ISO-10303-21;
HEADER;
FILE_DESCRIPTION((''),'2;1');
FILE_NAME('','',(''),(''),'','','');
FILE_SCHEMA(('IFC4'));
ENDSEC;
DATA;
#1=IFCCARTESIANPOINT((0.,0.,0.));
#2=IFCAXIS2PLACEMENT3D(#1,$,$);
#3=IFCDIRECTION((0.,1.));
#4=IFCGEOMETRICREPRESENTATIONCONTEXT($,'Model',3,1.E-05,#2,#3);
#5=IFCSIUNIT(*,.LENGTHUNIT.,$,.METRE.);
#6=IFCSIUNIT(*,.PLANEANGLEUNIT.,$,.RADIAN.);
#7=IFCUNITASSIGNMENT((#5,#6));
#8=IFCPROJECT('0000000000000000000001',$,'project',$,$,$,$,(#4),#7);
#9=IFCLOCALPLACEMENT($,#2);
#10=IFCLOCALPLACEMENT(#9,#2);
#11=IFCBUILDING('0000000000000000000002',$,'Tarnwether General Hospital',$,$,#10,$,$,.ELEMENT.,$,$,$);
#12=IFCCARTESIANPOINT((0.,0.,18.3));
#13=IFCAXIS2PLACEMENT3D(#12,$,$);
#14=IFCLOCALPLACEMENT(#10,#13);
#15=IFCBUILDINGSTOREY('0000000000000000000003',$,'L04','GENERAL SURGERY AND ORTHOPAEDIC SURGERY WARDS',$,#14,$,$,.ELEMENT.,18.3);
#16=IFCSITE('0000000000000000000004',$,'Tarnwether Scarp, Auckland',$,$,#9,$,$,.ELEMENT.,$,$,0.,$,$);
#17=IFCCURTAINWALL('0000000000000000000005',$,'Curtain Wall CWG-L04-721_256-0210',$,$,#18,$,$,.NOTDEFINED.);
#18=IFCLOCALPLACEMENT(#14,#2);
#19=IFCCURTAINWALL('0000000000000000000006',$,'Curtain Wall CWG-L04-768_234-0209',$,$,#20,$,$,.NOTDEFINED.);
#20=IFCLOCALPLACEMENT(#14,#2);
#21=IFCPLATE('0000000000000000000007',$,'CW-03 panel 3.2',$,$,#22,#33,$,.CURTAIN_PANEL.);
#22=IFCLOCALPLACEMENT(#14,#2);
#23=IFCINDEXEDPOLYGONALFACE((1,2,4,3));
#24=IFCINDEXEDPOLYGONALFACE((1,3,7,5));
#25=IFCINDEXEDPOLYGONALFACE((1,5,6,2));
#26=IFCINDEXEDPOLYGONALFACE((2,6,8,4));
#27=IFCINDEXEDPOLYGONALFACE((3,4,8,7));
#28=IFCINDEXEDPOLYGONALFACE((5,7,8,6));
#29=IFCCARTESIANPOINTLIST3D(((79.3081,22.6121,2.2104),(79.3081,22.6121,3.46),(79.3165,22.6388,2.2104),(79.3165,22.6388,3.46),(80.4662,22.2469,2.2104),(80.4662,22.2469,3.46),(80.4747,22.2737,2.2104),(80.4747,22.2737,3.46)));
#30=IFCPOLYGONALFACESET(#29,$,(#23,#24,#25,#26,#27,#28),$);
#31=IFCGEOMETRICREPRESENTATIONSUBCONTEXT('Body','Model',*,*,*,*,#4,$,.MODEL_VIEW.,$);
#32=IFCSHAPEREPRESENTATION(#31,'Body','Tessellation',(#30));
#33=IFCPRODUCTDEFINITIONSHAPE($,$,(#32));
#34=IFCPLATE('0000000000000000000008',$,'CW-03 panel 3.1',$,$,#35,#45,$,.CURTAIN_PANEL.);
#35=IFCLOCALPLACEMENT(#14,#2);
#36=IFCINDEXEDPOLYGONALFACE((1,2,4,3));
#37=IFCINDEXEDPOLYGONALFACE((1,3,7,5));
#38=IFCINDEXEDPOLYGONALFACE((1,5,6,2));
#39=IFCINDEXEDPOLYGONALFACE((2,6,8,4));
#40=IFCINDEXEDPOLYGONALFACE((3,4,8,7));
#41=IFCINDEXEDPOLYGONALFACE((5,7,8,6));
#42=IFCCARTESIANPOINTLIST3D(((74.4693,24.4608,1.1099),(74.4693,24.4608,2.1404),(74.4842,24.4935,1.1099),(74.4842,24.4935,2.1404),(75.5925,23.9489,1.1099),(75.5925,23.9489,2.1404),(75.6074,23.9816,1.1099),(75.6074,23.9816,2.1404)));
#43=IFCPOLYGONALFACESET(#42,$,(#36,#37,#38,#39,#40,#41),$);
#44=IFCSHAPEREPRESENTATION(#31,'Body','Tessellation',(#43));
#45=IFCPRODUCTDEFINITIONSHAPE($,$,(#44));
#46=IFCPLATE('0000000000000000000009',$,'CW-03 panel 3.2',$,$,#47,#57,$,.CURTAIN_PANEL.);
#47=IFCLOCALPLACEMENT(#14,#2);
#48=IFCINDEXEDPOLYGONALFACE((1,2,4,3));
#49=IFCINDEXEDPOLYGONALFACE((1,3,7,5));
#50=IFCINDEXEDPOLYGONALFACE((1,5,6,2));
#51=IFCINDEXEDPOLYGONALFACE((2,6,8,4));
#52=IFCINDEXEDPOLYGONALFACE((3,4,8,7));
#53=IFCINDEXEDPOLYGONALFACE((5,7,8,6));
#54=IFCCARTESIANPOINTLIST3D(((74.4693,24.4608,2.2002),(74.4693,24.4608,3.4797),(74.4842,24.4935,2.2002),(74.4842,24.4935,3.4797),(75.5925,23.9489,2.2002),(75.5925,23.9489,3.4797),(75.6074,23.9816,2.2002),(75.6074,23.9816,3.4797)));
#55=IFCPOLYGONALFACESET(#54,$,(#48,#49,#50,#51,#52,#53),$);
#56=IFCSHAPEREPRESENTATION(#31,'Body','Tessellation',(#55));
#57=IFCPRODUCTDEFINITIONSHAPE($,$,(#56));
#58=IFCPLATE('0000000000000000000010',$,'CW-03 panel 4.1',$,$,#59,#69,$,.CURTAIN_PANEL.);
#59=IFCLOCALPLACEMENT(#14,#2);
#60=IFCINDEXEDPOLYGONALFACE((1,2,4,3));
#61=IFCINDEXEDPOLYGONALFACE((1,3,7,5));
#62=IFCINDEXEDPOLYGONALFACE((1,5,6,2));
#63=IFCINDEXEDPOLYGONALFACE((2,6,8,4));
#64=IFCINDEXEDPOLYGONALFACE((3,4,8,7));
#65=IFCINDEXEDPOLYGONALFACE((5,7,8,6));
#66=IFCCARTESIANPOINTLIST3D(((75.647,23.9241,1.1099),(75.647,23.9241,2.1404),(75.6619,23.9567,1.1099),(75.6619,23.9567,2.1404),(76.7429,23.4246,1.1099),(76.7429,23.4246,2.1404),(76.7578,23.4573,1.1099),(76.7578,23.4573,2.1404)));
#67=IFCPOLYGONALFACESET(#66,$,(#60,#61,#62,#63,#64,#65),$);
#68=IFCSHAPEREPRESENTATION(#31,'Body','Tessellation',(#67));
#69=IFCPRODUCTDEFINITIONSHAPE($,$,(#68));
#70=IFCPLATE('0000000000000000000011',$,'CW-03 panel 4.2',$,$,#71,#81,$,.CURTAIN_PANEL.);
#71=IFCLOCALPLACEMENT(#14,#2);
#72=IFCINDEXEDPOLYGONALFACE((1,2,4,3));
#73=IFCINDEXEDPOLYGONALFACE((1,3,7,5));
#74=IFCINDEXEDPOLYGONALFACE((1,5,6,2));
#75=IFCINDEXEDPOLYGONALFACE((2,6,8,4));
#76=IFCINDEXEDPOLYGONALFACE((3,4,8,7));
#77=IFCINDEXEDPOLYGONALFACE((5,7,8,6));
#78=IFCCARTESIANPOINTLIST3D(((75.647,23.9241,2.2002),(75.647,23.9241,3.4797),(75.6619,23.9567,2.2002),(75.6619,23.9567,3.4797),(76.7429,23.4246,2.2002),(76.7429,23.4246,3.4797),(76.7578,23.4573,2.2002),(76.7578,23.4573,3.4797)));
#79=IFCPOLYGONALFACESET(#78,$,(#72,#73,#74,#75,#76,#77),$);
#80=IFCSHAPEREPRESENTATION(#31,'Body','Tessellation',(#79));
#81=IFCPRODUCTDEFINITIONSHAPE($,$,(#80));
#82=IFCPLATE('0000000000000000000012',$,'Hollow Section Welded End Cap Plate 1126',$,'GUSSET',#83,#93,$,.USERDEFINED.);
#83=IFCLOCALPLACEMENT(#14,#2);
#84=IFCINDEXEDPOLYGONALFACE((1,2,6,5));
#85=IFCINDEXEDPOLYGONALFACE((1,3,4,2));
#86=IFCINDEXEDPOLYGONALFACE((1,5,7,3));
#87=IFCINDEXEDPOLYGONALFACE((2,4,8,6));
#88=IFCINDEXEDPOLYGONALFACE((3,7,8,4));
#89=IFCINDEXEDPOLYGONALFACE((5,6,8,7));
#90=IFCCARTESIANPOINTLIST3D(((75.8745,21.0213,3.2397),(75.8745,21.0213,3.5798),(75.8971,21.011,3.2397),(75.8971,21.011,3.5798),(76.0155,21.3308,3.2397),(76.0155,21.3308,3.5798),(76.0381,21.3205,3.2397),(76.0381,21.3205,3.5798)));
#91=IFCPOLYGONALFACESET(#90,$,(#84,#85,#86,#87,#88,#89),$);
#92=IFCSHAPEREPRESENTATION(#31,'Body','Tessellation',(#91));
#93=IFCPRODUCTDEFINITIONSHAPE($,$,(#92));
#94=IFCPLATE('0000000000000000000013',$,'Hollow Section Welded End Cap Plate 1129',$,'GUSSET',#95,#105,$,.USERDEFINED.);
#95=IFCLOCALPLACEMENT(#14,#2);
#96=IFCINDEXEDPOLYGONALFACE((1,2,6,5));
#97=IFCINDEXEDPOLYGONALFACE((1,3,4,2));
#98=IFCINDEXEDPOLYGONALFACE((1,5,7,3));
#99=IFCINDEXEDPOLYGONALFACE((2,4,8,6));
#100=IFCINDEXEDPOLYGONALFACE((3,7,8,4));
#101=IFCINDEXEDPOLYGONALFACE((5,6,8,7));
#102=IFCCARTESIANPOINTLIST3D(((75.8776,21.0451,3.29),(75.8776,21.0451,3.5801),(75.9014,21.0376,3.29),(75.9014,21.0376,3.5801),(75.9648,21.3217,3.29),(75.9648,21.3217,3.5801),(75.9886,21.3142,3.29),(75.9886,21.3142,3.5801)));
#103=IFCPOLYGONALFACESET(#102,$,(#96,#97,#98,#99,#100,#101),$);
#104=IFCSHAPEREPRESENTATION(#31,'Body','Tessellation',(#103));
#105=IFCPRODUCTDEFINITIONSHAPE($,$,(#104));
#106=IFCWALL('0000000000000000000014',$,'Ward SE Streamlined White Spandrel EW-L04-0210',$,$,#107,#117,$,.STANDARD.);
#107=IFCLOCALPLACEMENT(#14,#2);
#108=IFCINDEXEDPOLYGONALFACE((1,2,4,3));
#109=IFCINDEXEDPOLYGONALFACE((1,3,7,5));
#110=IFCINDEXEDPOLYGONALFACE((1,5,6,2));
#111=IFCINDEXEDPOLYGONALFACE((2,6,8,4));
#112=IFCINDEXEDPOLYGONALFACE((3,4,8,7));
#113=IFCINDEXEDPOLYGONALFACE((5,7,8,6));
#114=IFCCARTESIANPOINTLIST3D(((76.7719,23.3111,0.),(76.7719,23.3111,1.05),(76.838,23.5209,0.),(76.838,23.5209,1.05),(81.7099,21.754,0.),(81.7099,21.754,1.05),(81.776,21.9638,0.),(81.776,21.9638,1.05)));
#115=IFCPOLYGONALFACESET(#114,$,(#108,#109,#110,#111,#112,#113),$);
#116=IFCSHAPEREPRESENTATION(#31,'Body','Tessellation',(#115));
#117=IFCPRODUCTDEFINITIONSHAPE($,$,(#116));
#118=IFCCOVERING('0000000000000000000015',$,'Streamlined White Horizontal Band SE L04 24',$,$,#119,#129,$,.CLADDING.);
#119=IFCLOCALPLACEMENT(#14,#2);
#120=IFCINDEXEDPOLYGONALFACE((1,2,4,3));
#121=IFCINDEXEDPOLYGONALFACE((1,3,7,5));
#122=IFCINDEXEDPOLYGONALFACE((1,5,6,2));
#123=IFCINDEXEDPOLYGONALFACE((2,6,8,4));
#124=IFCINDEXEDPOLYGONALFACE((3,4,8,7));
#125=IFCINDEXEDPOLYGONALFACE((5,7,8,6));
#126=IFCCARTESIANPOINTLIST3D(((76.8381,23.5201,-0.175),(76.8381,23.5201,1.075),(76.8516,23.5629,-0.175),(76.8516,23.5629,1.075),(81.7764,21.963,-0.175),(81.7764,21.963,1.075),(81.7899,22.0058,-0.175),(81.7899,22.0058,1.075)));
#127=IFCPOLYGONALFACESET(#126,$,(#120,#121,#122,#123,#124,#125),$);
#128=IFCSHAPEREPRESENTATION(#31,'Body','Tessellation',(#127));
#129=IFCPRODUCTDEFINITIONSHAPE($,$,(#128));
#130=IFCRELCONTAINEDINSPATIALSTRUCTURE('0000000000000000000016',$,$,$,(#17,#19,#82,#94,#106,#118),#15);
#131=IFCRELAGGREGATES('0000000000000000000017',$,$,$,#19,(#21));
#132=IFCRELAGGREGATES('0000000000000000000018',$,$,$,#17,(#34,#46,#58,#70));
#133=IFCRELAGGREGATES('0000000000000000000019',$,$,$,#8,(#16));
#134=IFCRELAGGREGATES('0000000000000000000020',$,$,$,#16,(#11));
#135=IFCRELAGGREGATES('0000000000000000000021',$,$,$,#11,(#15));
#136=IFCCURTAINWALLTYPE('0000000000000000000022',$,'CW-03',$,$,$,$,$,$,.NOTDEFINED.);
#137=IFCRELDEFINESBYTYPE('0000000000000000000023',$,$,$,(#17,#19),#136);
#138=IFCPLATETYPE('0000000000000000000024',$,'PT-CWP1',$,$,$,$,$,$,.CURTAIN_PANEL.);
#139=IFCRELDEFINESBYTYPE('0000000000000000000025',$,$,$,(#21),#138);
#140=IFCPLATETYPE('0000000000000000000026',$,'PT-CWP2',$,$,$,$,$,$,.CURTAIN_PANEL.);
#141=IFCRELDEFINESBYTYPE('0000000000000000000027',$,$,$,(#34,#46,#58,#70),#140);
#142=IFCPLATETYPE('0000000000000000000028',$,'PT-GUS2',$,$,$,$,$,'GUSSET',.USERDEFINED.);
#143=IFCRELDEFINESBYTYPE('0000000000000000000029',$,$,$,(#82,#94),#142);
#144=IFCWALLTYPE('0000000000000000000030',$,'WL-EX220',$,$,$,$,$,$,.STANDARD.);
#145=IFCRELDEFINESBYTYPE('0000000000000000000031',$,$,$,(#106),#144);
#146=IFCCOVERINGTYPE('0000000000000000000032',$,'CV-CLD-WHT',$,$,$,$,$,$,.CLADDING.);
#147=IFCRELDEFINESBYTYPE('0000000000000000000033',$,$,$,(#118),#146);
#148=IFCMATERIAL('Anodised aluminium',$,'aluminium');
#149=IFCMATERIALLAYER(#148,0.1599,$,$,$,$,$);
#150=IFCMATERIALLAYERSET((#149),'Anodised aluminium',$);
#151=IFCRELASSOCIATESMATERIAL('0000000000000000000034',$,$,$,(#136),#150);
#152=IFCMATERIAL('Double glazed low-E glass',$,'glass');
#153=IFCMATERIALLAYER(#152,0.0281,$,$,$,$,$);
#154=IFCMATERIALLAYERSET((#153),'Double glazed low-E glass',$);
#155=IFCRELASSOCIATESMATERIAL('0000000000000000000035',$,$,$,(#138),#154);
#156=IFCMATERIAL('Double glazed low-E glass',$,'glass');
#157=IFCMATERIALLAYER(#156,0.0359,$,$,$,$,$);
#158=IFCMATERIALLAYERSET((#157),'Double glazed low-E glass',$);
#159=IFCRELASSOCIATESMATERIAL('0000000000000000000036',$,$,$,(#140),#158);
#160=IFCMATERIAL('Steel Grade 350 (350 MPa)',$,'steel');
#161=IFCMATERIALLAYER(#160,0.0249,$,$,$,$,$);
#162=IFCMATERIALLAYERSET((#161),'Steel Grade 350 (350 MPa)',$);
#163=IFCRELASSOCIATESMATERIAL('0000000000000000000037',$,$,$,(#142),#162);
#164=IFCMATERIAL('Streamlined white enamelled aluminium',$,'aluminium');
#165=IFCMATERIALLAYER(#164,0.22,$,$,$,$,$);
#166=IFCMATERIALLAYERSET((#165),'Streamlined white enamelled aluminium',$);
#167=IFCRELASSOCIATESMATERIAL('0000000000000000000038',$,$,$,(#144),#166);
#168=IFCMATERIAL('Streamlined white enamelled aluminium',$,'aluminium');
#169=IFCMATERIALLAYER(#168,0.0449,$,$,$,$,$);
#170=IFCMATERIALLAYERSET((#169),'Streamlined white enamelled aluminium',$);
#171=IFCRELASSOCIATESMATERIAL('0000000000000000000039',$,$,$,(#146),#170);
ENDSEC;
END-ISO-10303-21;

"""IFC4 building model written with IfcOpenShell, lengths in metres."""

from ifc_helpers import new_model, si_unit, direction, frame, frame_2d, origin, origin_2d, place, context, subcontext, project, spatial, rectangle, extrude, material, layer, layer_set, type_object, element, aggregate, save


model = new_model("IFC4")

# Units and contexts
model_context = context("Model", 3, precision=1e-05, world=origin(), true_north=direction((0.0, 1.0)))
body_context = subcontext(model_context, "Body", "Model", "MODEL_VIEW")
ifc_project = project(units=[si_unit("LENGTHUNIT", "METRE"), si_unit("PLANEANGLEUNIT", "RADIAN")], contexts=[model_context])

# Site, building, storey
site_placement = place(None, origin())
site = spatial("IfcSite", under=ifc_project, at=site_placement, Name="Tarnwether Scarp, Auckland", CompositionType="ELEMENT", RefElevation=0.0)
building_placement = place(site_placement, origin())
building = spatial("IfcBuilding", under=site, at=building_placement, Name="Tarnwether General Hospital", CompositionType="ELEMENT")
storey_placement = place(building_placement, frame((0.0, 0.0, 18.3)))
storey = spatial("IfcBuildingStorey", under=building, at=storey_placement, Name="L04", Description="GENERAL SURGERY AND ORTHOPAEDIC SURGERY WARDS", CompositionType="ELEMENT", Elevation=18.3)

# Curtain walls
ifc_material_1 = material(Name="Anodised aluminium", Category="aluminium")
ifc_layer_1 = layer(ifc_material_1, 0.1599)
ifc_layer_set_1 = layer_set([ifc_layer_1], Name="Anodised aluminium")
curtain_wall_type = type_object("IfcCurtainWallType", Name="CW-03", PredefinedType="NOTDEFINED", material=ifc_layer_set_1)
curtain_wall_1_placement = place(storey_placement, origin())
curtain_wall_1 = element("IfcCurtainWall", 1, at=curtain_wall_1_placement, inside=storey, type_object=curtain_wall_type, Name="Curtain Wall CWG-L04-721_256-0210", PredefinedType="NOTDEFINED")
curtain_wall_2_placement = place(storey_placement, origin())
curtain_wall_2 = element("IfcCurtainWall", 2, at=curtain_wall_2_placement, inside=storey, type_object=curtain_wall_type, Name="Curtain Wall CWG-L04-768_234-0209", PredefinedType="NOTDEFINED")

# Plates
ifc_material_2 = material(Name="Double glazed low-E glass", Category="glass")
ifc_layer_2 = layer(ifc_material_2, 0.0281)
ifc_layer_set_2 = layer_set([ifc_layer_2], Name="Double glazed low-E glass")
plate_type_1 = type_object("IfcPlateType", Name="PT-CWP1", PredefinedType="CURTAIN_PANEL", material=ifc_layer_set_2)
plate_1_placement = place(storey_placement, frame((79.8914, 22.4429, 2.2104), z_axis=(0.0, 0.0, 1.0), x_axis=(0.953714, -0.300715, 0.0)))
plate_1 = element("IfcPlate", 3, at=plate_1_placement, type_object=plate_type_1, Name="CW-03 panel 3.2", PredefinedType="CURTAIN_PANEL", context=body_context, shape_type="SweptSolid", body=[
    extrude(rectangle(XDim=1.2144, YDim=0.0281, at=origin_2d()), origin(), (0.0, 0.0, 1.0), 1.2495),
])
aggregate(curtain_wall_2, [plate_1])
ifc_material_3 = material(Name="Double glazed low-E glass", Category="glass")
ifc_layer_3 = layer(ifc_material_3, 0.0359)
ifc_layer_set_3 = layer_set([ifc_layer_3], Name="Double glazed low-E glass")
plate_type_2 = type_object("IfcPlateType", Name="PT-CWP2", PredefinedType="CURTAIN_PANEL", material=ifc_layer_set_3)
plate_2_placement = place(storey_placement, frame((75.0383, 24.2212, 1.1099), z_axis=(0.0, 0.0, 1.0), x_axis=(0.909956, -0.414705, 0.0)))
plate_2 = element("IfcPlate", 4, at=plate_2_placement, type_object=plate_type_2, Name="CW-03 panel 3.1", PredefinedType="CURTAIN_PANEL", context=body_context, shape_type="SweptSolid", body=[
    extrude(rectangle(XDim=1.2344, YDim=0.0359, at=origin_2d()), origin(), (0.0, 0.0, 1.0), 1.0305),
])
plate_3_placement = place(storey_placement, frame((75.0383, 24.2212, 2.2002), z_axis=(0.0, 0.0, 1.0), x_axis=(0.909956, -0.414705, 0.0)))
plate_3 = element("IfcPlate", 5, at=plate_3_placement, type_object=plate_type_2, Name="CW-03 panel 3.2", PredefinedType="CURTAIN_PANEL", context=body_context, shape_type="SweptSolid", body=[
    extrude(rectangle(XDim=1.2344, YDim=0.0359, at=origin_2d()), origin(), (0.0, 0.0, 1.0), 1.2795),
])
plate_4_placement = place(storey_placement, frame((76.2024, 23.6907, 1.1099), z_axis=(0.0, 0.0, 1.0), x_axis=(0.909956, -0.414705, 0.0)))
plate_4 = element("IfcPlate", 6, at=plate_4_placement, type_object=plate_type_2, Name="CW-03 panel 4.1", PredefinedType="CURTAIN_PANEL", context=body_context, shape_type="SweptSolid", body=[
    extrude(rectangle(XDim=1.2043, YDim=0.0359, at=origin_2d()), origin(), (0.0, 0.0, 1.0), 1.0305),
])
plate_5_placement = place(storey_placement, frame((76.2024, 23.6907, 2.2002), z_axis=(0.0, 0.0, 1.0), x_axis=(0.909956, -0.414705, 0.0)))
plate_5 = element("IfcPlate", 7, at=plate_5_placement, type_object=plate_type_2, Name="CW-03 panel 4.2", PredefinedType="CURTAIN_PANEL", context=body_context, shape_type="SweptSolid", body=[
    extrude(rectangle(XDim=1.2043, YDim=0.0359, at=origin_2d()), origin(), (0.0, 0.0, 1.0), 1.2795),
])
aggregate(curtain_wall_1, [plate_2, plate_3, plate_4, plate_5])

# Plates
ifc_material_4 = material(Name="Steel Grade 350 (350 MPa)", Category="steel")
ifc_layer_4 = layer(ifc_material_4, 0.0249)
ifc_layer_set_4 = layer_set([ifc_layer_4], Name="Steel Grade 350 (350 MPa)")
plate_type_3 = type_object("IfcPlateType", Name="PT-GUS2", ElementType="GUSSET", PredefinedType="USERDEFINED", material=ifc_layer_set_4)
plate_6_placement = place(storey_placement, frame((75.9563, 21.1709, 3.2397), z_axis=(0.0, 0.0, 1.0), x_axis=(0.909969, -0.414677, 0.0)))
element("IfcPlate", 8, at=plate_6_placement, inside=storey, type_object=plate_type_3, Name="Hollow Section Welded End Cap Plate 1126", ObjectType="GUSSET", PredefinedType="USERDEFINED", context=body_context, shape_type="SweptSolid", body=[
    extrude(rectangle(XDim=0.0249, YDim=0.3401, at=origin_2d()), origin(), (0.0, 0.0, 1.0), 0.3401),
])
plate_7_placement = place(storey_placement, frame((75.9331, 21.1797, 3.29), z_axis=(0.0, 0.0, 1.0), x_axis=(0.953712, -0.300722, 0.0)))
element("IfcPlate", 9, at=plate_7_placement, inside=storey, type_object=plate_type_3, Name="Hollow Section Welded End Cap Plate 1129", ObjectType="GUSSET", PredefinedType="USERDEFINED", context=body_context, shape_type="SweptSolid", body=[
    extrude(rectangle(XDim=0.0249, YDim=0.29, at=origin_2d()), origin(), (0.0, 0.0, 1.0), 0.29),
])

# Wall
ifc_material_5 = material(Name="Streamlined white enamelled aluminium", Category="aluminium")
ifc_layer_5 = layer(ifc_material_5, 0.22)
ifc_layer_set_5 = layer_set([ifc_layer_5], Name="Streamlined white enamelled aluminium")
wall_type = type_object("IfcWallType", Name="WL-EX220", PredefinedType="STANDARD", material=ifc_layer_set_5)
wall_placement = place(storey_placement, frame((76.8049, 23.416, 0.0), z_axis=(0.0, 0.0, 1.0), x_axis=(0.953707, -0.300739, 0.0)))
element("IfcWall", 10, at=wall_placement, inside=storey, type_object=wall_type, Name="Ward SE Streamlined White Spandrel EW-L04-0210", PredefinedType="STANDARD", context=body_context, shape_type="SweptSolid", body=[
    extrude(rectangle(XDim=5.1777, YDim=0.22, at=frame_2d((2.5889, 0.0))), origin(), (0.0, 0.0, 1.0), 1.05),
])

# Covering
ifc_material_6 = material(Name="Streamlined white enamelled aluminium", Category="aluminium")
ifc_layer_6 = layer(ifc_material_6, 0.0449)
ifc_layer_set_6 = layer_set([ifc_layer_6], Name="Streamlined white enamelled aluminium")
covering_type = type_object("IfcCoveringType", Name="CV-CLD-WHT", PredefinedType="CLADDING", material=ifc_layer_set_6)
covering_placement = place(storey_placement, frame((79.314, 22.7629, -0.175), z_axis=(0.0, 0.0, 1.0), x_axis=(0.953712, -0.300722, 0.0)))
element("IfcCovering", 11, at=covering_placement, inside=storey, type_object=covering_type, Name="Streamlined White Horizontal Band SE L04 24", PredefinedType="CLADDING", context=body_context, shape_type="SweptSolid", body=[
    extrude(rectangle(XDim=5.178, YDim=0.0449, at=origin_2d()), origin(), (0.0, 0.0, 1.0), 1.25),
])

save(model, "model.ifc")
